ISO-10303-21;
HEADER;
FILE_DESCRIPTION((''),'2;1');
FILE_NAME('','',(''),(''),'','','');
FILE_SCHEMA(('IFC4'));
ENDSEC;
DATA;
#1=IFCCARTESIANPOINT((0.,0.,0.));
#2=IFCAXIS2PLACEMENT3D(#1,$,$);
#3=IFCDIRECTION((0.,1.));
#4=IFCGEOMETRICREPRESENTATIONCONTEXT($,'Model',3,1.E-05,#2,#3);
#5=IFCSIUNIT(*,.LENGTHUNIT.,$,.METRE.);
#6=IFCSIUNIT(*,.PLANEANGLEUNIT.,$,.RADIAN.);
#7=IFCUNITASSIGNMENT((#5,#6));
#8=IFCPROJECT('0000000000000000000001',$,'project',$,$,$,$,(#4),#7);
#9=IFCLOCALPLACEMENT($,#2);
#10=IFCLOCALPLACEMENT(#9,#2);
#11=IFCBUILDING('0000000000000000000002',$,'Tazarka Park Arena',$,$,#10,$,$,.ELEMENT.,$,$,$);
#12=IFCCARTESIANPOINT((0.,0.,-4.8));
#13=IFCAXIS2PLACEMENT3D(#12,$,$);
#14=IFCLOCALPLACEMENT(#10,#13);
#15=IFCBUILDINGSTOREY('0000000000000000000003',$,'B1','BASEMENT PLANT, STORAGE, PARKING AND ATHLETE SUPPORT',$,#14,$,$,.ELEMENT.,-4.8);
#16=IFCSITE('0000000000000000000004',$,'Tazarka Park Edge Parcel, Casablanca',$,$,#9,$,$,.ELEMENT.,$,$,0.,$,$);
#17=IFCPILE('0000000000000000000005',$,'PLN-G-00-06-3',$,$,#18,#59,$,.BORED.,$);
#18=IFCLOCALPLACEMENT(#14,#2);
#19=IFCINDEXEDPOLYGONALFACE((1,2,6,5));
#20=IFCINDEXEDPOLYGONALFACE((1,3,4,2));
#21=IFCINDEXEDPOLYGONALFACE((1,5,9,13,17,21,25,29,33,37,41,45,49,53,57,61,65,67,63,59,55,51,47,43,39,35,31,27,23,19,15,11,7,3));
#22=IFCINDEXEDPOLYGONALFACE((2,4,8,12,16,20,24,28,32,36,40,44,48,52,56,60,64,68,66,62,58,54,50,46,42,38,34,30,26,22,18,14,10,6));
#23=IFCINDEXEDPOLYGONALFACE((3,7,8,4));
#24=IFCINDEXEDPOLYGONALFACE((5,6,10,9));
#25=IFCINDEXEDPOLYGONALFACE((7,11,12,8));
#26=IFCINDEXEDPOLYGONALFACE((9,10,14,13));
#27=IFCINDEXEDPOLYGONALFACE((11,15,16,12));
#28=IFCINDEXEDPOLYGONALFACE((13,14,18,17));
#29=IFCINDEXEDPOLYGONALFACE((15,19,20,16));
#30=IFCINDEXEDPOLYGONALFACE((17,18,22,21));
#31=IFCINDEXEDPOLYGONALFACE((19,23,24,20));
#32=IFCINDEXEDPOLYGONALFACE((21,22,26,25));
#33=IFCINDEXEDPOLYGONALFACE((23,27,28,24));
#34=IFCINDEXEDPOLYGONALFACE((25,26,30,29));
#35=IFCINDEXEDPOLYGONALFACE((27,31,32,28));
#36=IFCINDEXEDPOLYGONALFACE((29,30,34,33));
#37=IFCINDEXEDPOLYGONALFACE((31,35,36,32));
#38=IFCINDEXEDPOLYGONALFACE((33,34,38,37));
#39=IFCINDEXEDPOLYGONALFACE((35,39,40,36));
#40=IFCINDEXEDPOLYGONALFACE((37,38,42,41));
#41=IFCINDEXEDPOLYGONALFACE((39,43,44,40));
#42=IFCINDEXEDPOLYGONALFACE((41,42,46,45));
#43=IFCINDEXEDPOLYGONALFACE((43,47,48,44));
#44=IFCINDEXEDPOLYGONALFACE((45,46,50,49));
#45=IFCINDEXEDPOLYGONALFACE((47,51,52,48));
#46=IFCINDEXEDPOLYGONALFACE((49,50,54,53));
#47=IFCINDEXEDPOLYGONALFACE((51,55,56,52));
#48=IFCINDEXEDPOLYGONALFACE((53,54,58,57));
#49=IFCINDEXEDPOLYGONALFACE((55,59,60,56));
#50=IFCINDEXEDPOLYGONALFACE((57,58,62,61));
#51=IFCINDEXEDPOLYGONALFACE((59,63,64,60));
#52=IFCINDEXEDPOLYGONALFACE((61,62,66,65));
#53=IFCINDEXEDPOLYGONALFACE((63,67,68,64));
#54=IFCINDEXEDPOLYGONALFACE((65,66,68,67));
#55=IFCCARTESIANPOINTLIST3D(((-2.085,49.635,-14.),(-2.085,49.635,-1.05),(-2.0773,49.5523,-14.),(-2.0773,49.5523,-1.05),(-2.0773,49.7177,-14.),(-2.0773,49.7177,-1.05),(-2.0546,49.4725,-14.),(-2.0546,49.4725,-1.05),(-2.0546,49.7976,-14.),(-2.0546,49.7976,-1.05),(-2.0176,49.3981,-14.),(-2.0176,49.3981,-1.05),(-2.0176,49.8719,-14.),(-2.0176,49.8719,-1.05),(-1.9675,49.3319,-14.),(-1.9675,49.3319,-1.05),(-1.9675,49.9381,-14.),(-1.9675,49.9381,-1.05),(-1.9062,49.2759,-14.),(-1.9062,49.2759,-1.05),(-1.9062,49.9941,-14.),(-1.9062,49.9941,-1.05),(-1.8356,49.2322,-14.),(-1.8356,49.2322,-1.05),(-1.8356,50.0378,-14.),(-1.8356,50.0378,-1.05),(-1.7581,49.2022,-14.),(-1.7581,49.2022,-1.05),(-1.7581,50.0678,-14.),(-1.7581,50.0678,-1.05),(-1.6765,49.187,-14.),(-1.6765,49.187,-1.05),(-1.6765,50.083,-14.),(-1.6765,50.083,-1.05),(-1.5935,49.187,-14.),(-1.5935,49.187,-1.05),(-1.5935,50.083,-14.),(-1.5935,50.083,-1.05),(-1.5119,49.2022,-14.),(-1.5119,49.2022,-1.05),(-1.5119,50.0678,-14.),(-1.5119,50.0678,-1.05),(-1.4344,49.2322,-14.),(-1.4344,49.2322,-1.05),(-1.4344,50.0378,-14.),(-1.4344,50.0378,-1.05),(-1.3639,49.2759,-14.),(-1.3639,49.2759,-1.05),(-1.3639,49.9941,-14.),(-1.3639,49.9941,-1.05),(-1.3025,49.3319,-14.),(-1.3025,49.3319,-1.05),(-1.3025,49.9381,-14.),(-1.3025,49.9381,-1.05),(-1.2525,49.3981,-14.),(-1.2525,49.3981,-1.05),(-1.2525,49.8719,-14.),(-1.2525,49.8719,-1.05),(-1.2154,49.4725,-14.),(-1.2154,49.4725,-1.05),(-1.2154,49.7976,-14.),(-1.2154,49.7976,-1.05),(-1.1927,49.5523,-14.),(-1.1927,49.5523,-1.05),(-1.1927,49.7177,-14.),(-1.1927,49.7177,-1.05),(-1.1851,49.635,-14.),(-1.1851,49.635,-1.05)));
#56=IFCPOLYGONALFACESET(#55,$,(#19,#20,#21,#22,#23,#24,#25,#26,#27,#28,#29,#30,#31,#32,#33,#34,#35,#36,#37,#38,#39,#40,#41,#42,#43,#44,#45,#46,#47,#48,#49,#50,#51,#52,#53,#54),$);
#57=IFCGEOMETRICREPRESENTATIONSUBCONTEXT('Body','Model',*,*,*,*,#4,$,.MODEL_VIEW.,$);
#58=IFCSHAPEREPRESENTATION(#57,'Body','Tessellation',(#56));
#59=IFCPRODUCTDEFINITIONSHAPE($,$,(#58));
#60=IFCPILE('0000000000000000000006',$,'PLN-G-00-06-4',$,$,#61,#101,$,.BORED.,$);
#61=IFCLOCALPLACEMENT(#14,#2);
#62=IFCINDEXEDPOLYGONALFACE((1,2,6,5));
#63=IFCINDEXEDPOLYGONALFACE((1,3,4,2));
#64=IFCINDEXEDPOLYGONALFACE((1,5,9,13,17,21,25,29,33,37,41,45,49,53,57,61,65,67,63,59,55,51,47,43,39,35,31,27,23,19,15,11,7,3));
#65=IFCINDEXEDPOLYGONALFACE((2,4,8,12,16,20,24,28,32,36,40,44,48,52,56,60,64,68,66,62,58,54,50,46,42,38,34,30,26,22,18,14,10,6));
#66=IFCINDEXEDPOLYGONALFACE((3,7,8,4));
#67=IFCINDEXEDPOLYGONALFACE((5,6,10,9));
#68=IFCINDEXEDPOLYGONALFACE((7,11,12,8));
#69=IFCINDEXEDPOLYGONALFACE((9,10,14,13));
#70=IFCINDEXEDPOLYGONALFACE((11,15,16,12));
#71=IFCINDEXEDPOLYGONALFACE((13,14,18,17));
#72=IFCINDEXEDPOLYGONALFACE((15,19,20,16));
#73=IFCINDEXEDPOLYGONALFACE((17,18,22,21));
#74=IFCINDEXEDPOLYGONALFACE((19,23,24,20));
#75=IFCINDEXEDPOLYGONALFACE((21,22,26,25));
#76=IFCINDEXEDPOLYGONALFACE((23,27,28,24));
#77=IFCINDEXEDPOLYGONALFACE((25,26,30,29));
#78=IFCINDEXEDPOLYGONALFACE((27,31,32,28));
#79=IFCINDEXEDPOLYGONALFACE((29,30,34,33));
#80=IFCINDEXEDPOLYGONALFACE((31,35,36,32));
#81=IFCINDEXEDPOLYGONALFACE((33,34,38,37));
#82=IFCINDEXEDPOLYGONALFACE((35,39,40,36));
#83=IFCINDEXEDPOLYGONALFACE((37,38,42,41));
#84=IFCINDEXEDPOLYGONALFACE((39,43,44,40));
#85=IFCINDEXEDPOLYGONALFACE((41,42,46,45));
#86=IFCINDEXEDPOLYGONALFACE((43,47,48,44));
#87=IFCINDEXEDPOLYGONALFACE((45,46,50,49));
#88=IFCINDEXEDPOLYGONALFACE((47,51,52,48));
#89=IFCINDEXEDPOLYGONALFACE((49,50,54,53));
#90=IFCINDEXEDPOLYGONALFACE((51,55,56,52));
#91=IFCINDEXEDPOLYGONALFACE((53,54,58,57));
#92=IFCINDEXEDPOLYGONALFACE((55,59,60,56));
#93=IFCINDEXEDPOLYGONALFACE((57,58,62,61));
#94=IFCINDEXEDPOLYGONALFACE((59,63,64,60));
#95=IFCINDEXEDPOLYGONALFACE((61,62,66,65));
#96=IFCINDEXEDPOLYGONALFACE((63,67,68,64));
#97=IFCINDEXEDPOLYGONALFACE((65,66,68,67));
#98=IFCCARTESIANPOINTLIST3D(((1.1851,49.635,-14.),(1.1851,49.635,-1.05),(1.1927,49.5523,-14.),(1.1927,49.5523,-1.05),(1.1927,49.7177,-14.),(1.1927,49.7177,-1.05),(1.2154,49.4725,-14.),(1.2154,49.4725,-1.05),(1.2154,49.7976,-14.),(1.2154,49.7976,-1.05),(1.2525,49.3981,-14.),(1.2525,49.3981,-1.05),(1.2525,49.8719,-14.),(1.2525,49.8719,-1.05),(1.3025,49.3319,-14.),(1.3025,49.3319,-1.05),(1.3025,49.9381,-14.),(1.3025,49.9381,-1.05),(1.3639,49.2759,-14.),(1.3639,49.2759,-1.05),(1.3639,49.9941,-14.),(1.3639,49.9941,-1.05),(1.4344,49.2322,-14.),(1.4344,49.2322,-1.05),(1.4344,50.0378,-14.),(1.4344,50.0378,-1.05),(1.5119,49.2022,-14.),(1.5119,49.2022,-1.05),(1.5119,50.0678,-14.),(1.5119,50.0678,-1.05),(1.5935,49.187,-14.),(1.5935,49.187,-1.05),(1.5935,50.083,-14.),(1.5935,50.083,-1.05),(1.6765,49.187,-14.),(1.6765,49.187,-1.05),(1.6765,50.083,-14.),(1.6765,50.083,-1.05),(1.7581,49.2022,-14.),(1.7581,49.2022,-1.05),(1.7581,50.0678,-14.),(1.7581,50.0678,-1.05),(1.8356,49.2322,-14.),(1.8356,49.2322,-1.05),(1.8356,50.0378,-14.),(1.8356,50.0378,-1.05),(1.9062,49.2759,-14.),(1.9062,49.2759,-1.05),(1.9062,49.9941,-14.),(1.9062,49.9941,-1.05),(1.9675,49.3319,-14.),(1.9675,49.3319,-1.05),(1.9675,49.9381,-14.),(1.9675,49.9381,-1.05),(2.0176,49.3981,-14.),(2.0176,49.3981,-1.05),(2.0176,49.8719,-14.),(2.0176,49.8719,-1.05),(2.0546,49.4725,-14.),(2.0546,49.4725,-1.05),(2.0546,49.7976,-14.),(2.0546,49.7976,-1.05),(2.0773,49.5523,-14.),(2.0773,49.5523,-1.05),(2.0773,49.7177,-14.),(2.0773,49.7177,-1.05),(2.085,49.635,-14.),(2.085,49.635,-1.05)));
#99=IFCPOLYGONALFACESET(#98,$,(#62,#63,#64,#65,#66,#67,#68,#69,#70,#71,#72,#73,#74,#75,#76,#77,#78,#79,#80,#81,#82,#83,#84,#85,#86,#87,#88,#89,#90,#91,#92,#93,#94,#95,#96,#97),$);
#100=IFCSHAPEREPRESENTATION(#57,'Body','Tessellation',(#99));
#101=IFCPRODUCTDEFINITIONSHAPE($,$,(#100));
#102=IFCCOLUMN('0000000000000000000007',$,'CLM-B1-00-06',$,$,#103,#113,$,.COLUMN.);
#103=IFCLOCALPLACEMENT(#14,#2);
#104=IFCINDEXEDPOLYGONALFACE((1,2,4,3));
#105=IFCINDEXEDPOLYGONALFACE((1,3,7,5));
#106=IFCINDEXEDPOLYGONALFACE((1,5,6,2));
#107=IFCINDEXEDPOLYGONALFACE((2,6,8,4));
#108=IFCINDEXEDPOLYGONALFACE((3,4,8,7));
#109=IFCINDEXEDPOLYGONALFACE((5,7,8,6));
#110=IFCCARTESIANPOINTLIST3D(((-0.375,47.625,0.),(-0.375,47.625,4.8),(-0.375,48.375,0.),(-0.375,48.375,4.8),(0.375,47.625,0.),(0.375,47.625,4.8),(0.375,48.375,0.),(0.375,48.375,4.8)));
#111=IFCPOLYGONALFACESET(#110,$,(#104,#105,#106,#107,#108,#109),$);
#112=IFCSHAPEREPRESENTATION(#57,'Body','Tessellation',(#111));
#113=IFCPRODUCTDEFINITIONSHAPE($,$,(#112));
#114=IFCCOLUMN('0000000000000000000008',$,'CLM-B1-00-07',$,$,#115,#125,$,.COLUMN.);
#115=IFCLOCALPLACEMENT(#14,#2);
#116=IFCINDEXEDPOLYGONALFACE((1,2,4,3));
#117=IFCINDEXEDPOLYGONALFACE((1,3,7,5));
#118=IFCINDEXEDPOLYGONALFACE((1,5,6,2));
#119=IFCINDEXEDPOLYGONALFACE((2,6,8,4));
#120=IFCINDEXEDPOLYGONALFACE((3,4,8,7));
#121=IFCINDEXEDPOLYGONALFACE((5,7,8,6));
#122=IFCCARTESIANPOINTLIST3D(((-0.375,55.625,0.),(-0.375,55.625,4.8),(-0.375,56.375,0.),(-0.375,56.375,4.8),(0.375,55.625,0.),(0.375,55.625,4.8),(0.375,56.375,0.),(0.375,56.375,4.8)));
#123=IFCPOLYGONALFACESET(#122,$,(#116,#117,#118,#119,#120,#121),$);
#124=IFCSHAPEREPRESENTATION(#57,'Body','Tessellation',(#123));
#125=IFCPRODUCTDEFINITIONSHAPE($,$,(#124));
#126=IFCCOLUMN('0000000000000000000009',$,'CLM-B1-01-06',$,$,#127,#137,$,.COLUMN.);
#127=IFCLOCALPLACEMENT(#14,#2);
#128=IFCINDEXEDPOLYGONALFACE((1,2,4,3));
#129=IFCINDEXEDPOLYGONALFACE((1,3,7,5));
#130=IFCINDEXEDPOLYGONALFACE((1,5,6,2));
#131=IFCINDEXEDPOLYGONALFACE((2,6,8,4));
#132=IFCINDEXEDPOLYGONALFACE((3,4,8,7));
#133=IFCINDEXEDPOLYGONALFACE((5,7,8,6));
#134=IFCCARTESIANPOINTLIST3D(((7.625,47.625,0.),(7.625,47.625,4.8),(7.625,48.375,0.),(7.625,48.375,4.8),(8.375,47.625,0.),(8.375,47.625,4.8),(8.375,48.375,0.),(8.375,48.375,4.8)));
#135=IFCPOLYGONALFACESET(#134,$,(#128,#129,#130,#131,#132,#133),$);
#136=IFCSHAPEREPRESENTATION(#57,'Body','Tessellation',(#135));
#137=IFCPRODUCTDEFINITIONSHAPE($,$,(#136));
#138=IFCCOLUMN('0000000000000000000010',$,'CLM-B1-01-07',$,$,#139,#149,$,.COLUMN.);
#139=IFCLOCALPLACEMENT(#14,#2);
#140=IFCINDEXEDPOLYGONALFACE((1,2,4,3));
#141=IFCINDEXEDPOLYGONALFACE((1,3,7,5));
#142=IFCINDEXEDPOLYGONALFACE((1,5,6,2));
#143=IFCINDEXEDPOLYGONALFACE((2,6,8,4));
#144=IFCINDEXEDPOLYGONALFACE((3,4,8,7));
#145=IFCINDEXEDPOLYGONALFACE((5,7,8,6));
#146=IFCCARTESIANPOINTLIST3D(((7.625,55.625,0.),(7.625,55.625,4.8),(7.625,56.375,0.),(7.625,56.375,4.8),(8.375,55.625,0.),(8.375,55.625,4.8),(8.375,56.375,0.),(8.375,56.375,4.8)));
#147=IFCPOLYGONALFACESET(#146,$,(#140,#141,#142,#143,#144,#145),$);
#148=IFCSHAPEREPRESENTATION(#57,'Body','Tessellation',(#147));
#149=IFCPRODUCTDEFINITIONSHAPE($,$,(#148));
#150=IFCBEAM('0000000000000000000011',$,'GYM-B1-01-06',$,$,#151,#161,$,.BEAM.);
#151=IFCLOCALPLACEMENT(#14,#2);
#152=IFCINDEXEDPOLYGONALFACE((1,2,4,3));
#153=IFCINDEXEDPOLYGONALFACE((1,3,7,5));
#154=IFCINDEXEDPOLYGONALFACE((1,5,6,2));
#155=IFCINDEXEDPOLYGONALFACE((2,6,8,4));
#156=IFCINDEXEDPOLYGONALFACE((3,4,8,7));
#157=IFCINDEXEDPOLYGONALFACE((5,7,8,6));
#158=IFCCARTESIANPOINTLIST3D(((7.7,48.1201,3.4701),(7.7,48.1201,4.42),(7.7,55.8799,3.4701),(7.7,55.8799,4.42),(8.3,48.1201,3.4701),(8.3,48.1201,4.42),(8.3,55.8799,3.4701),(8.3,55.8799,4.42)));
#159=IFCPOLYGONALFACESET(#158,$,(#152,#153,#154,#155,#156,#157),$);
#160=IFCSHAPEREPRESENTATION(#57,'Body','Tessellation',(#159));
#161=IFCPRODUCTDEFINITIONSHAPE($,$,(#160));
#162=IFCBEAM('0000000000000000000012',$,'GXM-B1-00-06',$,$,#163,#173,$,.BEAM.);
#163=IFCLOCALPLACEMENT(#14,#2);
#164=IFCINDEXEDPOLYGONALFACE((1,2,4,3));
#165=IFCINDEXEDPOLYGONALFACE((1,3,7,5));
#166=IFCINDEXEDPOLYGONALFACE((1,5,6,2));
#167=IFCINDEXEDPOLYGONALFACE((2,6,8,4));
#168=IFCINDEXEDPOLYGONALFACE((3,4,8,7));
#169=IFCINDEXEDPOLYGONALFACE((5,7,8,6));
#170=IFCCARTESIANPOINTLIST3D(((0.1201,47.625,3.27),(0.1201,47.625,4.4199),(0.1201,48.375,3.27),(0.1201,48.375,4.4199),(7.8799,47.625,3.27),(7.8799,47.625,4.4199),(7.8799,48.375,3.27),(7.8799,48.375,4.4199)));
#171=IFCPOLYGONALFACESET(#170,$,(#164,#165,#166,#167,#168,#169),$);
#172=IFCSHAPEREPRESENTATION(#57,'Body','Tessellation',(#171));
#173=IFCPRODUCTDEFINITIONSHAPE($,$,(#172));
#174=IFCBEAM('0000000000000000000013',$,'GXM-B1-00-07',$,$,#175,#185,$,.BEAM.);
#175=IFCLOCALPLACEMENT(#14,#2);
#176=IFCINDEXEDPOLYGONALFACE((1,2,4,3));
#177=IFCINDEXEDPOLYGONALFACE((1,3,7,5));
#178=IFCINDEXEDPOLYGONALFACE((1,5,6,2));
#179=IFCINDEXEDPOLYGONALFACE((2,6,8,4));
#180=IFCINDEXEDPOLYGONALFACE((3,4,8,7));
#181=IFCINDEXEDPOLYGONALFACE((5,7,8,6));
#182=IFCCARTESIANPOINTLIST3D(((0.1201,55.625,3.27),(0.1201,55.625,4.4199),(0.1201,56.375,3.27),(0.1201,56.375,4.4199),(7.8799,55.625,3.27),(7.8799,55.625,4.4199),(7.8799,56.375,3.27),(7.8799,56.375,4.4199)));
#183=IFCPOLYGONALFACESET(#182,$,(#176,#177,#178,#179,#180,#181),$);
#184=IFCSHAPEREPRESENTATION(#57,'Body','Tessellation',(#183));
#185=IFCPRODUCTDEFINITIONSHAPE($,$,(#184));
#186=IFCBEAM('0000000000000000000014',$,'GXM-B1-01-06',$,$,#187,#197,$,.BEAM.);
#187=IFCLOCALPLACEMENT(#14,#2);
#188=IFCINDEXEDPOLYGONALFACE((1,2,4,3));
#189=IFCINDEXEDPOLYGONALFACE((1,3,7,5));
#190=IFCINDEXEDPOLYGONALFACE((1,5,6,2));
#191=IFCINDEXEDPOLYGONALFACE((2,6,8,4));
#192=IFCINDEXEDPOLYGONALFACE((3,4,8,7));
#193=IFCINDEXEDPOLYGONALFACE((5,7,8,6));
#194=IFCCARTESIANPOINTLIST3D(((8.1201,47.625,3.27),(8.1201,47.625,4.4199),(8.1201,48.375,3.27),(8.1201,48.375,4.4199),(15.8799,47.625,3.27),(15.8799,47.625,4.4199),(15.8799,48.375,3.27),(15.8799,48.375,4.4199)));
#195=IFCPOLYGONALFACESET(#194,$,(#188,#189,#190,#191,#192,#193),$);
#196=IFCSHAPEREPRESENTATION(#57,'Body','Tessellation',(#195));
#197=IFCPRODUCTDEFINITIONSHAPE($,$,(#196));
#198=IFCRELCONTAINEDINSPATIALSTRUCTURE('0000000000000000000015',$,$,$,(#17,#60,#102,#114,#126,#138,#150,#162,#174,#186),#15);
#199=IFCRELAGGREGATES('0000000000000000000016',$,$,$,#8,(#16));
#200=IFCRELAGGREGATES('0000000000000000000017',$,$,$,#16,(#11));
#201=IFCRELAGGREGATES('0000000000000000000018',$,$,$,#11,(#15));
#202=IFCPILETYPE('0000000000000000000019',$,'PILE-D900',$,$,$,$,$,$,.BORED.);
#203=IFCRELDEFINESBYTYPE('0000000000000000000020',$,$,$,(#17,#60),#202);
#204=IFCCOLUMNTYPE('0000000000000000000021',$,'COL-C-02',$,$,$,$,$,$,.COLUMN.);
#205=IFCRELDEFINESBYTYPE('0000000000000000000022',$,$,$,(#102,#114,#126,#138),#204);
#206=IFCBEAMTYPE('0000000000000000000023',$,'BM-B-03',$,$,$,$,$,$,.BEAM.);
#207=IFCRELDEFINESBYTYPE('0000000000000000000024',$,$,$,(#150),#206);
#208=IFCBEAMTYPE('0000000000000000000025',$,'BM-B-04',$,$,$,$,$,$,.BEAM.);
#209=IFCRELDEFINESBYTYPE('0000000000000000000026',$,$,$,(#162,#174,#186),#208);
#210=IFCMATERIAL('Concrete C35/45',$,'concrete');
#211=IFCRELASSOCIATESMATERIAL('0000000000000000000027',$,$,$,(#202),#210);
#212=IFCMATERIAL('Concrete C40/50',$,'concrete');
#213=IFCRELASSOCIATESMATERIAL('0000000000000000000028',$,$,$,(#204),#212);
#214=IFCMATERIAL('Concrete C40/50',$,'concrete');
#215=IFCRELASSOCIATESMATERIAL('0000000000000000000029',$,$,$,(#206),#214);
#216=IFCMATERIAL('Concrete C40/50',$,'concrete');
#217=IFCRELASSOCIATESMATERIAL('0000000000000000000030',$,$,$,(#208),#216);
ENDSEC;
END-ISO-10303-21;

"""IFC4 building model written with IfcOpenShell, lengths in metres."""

from ifc_helpers import new_model, si_unit, direction, frame, origin, origin_2d, place, context, subcontext, project, spatial, rectangle, circle, extrude, material, material_profile, profile_set, type_object, element, save


model = new_model("IFC4")

# Units and contexts
model_context = context("Model", 3, precision=1e-05, world=origin(), true_north=direction((0.0, 1.0)))
body_context = subcontext(model_context, "Body", "Model", "MODEL_VIEW")
ifc_project = project(units=[si_unit("LENGTHUNIT", "METRE"), si_unit("PLANEANGLEUNIT", "RADIAN")], contexts=[model_context])

# Site, building, storey
site_placement = place(None, origin())
site = spatial("IfcSite", under=ifc_project, at=site_placement, Name="Tazarka Park Edge Parcel, Casablanca", CompositionType="ELEMENT", RefElevation=0.0)
building_placement = place(site_placement, origin())
building = spatial("IfcBuilding", under=site, at=building_placement, Name="Tazarka Park Arena", CompositionType="ELEMENT")
storey_placement = place(building_placement, frame((0.0, 0.0, -4.8)))
storey = spatial("IfcBuildingStorey", under=building, at=storey_placement, Name="B1", Description="BASEMENT PLANT, STORAGE, PARKING AND ATHLETE SUPPORT", CompositionType="ELEMENT", Elevation=-4.8)

# Piles
ifc_material_1 = material(Name="Concrete C35/45", Category="concrete")
ifc_material_profile_1 = material_profile(ifc_material_1, circle(Radius=0.45, at=origin_2d()), Name="Concrete C35/45")
ifc_profile_set_1 = profile_set([ifc_material_profile_1], Name="Concrete C35/45")
pile_type = type_object("IfcPileType", Name="PILE-D900", PredefinedType="BORED", material=ifc_profile_set_1)
for number, where, z_axis, x_axis, name in (
    (1, (-1.635, 49.635, -1.05), (0.0, 0.0, -1.0), (1.0, 0.0, 0.0), "PLN-G-00-06-3"),
    (2, (1.635, 49.635, -1.05), (0.0, 0.0, -1.0), (1.0, 0.0, 0.0), "PLN-G-00-06-4"),
):
    element("IfcPile", number, at=place(storey_placement, frame(where, z_axis=z_axis, x_axis=x_axis)), inside=storey, type_object=pile_type, Name=name, PredefinedType="BORED", context=body_context, shape_type="SweptSolid", body=[
        extrude(circle(Radius=0.45, at=origin_2d()), origin(), (0.0, 0.0, 1.0), 12.95),
    ])

# Columns
ifc_material_2 = material(Name="Concrete C40/50", Category="concrete")
ifc_material_profile_2 = material_profile(ifc_material_2, rectangle(XDim=0.75, YDim=0.75, at=origin_2d()), Name="Concrete C40/50")
ifc_profile_set_2 = profile_set([ifc_material_profile_2], Name="Concrete C40/50")
column_type = type_object("IfcColumnType", Name="COL-C-02", PredefinedType="COLUMN", material=ifc_profile_set_2)
for number, where, z_axis, x_axis, name in (
    (3, (0.0, 48.0, 0.0), (0.0, 0.0, 1.0), (1.0, 0.0, 0.0), "CLM-B1-00-06"),
    (4, (0.0, 56.0, 0.0), (0.0, 0.0, 1.0), (1.0, 0.0, 0.0), "CLM-B1-00-07"),
    (5, (8.0, 48.0, 0.0), (0.0, 0.0, 1.0), (1.0, 0.0, 0.0), "CLM-B1-01-06"),
    (6, (8.0, 56.0, 0.0), (0.0, 0.0, 1.0), (1.0, 0.0, 0.0), "CLM-B1-01-07"),
):
    element("IfcColumn", number, at=place(storey_placement, frame(where, z_axis=z_axis, x_axis=x_axis)), inside=storey, type_object=column_type, Name=name, PredefinedType="COLUMN", context=body_context, shape_type="SweptSolid", body=[
        extrude(rectangle(XDim=0.75, YDim=0.75, at=origin_2d()), origin(), (0.0, 0.0, 1.0), 4.8),
    ])

# Beams
ifc_material_3 = material(Name="Concrete C40/50", Category="concrete")
ifc_material_profile_3 = material_profile(ifc_material_3, rectangle(XDim=0.6001, YDim=0.95, at=origin_2d()), Name="Concrete C40/50")
ifc_profile_set_3 = profile_set([ifc_material_profile_3], Name="Concrete C40/50")
beam_type_1 = type_object("IfcBeamType", Name="BM-B-03", PredefinedType="BEAM", material=ifc_profile_set_3)
beam_1_placement = place(storey_placement, frame((8.0, 48.1201, 3.9451), z_axis=(0.0, 1.0, 0.0), x_axis=(-1.0, 0.0, 0.0)))
element("IfcBeam", 7, at=beam_1_placement, inside=storey, type_object=beam_type_1, Name="GYM-B1-01-06", PredefinedType="BEAM", context=body_context, shape_type="SweptSolid", body=[
    extrude(rectangle(XDim=0.6001, YDim=0.95, at=origin_2d()), origin(), (0.0, 0.0, 1.0), 7.7598),
])
ifc_material_4 = material(Name="Concrete C40/50", Category="concrete")
ifc_material_profile_4 = material_profile(ifc_material_4, rectangle(XDim=0.75, YDim=1.1499, at=origin_2d()), Name="Concrete C40/50")
ifc_profile_set_4 = profile_set([ifc_material_profile_4], Name="Concrete C40/50")
beam_type_2 = type_object("IfcBeamType", Name="BM-B-04", PredefinedType="BEAM", material=ifc_profile_set_4)
for number, where, z_axis, x_axis, name in (
    (8, (0.1201, 48.0, 3.845), (1.0, 0.0, 0.0), (0.0, 1.0, 0.0), "GXM-B1-00-06"),
    (9, (0.1201, 56.0, 3.845), (1.0, 0.0, 0.0), (0.0, 1.0, 0.0), "GXM-B1-00-07"),
    (10, (8.1201, 48.0, 3.845), (1.0, 0.0, 0.0), (0.0, 1.0, 0.0), "GXM-B1-01-06"),
):
    element("IfcBeam", number, at=place(storey_placement, frame(where, z_axis=z_axis, x_axis=x_axis)), inside=storey, type_object=beam_type_2, Name=name, PredefinedType="BEAM", context=body_context, shape_type="SweptSolid", body=[
        extrude(rectangle(XDim=0.75, YDim=1.1499, at=origin_2d()), origin(), (0.0, 0.0, 1.0), 7.7598),
    ])

save(model, "model.ifc")
